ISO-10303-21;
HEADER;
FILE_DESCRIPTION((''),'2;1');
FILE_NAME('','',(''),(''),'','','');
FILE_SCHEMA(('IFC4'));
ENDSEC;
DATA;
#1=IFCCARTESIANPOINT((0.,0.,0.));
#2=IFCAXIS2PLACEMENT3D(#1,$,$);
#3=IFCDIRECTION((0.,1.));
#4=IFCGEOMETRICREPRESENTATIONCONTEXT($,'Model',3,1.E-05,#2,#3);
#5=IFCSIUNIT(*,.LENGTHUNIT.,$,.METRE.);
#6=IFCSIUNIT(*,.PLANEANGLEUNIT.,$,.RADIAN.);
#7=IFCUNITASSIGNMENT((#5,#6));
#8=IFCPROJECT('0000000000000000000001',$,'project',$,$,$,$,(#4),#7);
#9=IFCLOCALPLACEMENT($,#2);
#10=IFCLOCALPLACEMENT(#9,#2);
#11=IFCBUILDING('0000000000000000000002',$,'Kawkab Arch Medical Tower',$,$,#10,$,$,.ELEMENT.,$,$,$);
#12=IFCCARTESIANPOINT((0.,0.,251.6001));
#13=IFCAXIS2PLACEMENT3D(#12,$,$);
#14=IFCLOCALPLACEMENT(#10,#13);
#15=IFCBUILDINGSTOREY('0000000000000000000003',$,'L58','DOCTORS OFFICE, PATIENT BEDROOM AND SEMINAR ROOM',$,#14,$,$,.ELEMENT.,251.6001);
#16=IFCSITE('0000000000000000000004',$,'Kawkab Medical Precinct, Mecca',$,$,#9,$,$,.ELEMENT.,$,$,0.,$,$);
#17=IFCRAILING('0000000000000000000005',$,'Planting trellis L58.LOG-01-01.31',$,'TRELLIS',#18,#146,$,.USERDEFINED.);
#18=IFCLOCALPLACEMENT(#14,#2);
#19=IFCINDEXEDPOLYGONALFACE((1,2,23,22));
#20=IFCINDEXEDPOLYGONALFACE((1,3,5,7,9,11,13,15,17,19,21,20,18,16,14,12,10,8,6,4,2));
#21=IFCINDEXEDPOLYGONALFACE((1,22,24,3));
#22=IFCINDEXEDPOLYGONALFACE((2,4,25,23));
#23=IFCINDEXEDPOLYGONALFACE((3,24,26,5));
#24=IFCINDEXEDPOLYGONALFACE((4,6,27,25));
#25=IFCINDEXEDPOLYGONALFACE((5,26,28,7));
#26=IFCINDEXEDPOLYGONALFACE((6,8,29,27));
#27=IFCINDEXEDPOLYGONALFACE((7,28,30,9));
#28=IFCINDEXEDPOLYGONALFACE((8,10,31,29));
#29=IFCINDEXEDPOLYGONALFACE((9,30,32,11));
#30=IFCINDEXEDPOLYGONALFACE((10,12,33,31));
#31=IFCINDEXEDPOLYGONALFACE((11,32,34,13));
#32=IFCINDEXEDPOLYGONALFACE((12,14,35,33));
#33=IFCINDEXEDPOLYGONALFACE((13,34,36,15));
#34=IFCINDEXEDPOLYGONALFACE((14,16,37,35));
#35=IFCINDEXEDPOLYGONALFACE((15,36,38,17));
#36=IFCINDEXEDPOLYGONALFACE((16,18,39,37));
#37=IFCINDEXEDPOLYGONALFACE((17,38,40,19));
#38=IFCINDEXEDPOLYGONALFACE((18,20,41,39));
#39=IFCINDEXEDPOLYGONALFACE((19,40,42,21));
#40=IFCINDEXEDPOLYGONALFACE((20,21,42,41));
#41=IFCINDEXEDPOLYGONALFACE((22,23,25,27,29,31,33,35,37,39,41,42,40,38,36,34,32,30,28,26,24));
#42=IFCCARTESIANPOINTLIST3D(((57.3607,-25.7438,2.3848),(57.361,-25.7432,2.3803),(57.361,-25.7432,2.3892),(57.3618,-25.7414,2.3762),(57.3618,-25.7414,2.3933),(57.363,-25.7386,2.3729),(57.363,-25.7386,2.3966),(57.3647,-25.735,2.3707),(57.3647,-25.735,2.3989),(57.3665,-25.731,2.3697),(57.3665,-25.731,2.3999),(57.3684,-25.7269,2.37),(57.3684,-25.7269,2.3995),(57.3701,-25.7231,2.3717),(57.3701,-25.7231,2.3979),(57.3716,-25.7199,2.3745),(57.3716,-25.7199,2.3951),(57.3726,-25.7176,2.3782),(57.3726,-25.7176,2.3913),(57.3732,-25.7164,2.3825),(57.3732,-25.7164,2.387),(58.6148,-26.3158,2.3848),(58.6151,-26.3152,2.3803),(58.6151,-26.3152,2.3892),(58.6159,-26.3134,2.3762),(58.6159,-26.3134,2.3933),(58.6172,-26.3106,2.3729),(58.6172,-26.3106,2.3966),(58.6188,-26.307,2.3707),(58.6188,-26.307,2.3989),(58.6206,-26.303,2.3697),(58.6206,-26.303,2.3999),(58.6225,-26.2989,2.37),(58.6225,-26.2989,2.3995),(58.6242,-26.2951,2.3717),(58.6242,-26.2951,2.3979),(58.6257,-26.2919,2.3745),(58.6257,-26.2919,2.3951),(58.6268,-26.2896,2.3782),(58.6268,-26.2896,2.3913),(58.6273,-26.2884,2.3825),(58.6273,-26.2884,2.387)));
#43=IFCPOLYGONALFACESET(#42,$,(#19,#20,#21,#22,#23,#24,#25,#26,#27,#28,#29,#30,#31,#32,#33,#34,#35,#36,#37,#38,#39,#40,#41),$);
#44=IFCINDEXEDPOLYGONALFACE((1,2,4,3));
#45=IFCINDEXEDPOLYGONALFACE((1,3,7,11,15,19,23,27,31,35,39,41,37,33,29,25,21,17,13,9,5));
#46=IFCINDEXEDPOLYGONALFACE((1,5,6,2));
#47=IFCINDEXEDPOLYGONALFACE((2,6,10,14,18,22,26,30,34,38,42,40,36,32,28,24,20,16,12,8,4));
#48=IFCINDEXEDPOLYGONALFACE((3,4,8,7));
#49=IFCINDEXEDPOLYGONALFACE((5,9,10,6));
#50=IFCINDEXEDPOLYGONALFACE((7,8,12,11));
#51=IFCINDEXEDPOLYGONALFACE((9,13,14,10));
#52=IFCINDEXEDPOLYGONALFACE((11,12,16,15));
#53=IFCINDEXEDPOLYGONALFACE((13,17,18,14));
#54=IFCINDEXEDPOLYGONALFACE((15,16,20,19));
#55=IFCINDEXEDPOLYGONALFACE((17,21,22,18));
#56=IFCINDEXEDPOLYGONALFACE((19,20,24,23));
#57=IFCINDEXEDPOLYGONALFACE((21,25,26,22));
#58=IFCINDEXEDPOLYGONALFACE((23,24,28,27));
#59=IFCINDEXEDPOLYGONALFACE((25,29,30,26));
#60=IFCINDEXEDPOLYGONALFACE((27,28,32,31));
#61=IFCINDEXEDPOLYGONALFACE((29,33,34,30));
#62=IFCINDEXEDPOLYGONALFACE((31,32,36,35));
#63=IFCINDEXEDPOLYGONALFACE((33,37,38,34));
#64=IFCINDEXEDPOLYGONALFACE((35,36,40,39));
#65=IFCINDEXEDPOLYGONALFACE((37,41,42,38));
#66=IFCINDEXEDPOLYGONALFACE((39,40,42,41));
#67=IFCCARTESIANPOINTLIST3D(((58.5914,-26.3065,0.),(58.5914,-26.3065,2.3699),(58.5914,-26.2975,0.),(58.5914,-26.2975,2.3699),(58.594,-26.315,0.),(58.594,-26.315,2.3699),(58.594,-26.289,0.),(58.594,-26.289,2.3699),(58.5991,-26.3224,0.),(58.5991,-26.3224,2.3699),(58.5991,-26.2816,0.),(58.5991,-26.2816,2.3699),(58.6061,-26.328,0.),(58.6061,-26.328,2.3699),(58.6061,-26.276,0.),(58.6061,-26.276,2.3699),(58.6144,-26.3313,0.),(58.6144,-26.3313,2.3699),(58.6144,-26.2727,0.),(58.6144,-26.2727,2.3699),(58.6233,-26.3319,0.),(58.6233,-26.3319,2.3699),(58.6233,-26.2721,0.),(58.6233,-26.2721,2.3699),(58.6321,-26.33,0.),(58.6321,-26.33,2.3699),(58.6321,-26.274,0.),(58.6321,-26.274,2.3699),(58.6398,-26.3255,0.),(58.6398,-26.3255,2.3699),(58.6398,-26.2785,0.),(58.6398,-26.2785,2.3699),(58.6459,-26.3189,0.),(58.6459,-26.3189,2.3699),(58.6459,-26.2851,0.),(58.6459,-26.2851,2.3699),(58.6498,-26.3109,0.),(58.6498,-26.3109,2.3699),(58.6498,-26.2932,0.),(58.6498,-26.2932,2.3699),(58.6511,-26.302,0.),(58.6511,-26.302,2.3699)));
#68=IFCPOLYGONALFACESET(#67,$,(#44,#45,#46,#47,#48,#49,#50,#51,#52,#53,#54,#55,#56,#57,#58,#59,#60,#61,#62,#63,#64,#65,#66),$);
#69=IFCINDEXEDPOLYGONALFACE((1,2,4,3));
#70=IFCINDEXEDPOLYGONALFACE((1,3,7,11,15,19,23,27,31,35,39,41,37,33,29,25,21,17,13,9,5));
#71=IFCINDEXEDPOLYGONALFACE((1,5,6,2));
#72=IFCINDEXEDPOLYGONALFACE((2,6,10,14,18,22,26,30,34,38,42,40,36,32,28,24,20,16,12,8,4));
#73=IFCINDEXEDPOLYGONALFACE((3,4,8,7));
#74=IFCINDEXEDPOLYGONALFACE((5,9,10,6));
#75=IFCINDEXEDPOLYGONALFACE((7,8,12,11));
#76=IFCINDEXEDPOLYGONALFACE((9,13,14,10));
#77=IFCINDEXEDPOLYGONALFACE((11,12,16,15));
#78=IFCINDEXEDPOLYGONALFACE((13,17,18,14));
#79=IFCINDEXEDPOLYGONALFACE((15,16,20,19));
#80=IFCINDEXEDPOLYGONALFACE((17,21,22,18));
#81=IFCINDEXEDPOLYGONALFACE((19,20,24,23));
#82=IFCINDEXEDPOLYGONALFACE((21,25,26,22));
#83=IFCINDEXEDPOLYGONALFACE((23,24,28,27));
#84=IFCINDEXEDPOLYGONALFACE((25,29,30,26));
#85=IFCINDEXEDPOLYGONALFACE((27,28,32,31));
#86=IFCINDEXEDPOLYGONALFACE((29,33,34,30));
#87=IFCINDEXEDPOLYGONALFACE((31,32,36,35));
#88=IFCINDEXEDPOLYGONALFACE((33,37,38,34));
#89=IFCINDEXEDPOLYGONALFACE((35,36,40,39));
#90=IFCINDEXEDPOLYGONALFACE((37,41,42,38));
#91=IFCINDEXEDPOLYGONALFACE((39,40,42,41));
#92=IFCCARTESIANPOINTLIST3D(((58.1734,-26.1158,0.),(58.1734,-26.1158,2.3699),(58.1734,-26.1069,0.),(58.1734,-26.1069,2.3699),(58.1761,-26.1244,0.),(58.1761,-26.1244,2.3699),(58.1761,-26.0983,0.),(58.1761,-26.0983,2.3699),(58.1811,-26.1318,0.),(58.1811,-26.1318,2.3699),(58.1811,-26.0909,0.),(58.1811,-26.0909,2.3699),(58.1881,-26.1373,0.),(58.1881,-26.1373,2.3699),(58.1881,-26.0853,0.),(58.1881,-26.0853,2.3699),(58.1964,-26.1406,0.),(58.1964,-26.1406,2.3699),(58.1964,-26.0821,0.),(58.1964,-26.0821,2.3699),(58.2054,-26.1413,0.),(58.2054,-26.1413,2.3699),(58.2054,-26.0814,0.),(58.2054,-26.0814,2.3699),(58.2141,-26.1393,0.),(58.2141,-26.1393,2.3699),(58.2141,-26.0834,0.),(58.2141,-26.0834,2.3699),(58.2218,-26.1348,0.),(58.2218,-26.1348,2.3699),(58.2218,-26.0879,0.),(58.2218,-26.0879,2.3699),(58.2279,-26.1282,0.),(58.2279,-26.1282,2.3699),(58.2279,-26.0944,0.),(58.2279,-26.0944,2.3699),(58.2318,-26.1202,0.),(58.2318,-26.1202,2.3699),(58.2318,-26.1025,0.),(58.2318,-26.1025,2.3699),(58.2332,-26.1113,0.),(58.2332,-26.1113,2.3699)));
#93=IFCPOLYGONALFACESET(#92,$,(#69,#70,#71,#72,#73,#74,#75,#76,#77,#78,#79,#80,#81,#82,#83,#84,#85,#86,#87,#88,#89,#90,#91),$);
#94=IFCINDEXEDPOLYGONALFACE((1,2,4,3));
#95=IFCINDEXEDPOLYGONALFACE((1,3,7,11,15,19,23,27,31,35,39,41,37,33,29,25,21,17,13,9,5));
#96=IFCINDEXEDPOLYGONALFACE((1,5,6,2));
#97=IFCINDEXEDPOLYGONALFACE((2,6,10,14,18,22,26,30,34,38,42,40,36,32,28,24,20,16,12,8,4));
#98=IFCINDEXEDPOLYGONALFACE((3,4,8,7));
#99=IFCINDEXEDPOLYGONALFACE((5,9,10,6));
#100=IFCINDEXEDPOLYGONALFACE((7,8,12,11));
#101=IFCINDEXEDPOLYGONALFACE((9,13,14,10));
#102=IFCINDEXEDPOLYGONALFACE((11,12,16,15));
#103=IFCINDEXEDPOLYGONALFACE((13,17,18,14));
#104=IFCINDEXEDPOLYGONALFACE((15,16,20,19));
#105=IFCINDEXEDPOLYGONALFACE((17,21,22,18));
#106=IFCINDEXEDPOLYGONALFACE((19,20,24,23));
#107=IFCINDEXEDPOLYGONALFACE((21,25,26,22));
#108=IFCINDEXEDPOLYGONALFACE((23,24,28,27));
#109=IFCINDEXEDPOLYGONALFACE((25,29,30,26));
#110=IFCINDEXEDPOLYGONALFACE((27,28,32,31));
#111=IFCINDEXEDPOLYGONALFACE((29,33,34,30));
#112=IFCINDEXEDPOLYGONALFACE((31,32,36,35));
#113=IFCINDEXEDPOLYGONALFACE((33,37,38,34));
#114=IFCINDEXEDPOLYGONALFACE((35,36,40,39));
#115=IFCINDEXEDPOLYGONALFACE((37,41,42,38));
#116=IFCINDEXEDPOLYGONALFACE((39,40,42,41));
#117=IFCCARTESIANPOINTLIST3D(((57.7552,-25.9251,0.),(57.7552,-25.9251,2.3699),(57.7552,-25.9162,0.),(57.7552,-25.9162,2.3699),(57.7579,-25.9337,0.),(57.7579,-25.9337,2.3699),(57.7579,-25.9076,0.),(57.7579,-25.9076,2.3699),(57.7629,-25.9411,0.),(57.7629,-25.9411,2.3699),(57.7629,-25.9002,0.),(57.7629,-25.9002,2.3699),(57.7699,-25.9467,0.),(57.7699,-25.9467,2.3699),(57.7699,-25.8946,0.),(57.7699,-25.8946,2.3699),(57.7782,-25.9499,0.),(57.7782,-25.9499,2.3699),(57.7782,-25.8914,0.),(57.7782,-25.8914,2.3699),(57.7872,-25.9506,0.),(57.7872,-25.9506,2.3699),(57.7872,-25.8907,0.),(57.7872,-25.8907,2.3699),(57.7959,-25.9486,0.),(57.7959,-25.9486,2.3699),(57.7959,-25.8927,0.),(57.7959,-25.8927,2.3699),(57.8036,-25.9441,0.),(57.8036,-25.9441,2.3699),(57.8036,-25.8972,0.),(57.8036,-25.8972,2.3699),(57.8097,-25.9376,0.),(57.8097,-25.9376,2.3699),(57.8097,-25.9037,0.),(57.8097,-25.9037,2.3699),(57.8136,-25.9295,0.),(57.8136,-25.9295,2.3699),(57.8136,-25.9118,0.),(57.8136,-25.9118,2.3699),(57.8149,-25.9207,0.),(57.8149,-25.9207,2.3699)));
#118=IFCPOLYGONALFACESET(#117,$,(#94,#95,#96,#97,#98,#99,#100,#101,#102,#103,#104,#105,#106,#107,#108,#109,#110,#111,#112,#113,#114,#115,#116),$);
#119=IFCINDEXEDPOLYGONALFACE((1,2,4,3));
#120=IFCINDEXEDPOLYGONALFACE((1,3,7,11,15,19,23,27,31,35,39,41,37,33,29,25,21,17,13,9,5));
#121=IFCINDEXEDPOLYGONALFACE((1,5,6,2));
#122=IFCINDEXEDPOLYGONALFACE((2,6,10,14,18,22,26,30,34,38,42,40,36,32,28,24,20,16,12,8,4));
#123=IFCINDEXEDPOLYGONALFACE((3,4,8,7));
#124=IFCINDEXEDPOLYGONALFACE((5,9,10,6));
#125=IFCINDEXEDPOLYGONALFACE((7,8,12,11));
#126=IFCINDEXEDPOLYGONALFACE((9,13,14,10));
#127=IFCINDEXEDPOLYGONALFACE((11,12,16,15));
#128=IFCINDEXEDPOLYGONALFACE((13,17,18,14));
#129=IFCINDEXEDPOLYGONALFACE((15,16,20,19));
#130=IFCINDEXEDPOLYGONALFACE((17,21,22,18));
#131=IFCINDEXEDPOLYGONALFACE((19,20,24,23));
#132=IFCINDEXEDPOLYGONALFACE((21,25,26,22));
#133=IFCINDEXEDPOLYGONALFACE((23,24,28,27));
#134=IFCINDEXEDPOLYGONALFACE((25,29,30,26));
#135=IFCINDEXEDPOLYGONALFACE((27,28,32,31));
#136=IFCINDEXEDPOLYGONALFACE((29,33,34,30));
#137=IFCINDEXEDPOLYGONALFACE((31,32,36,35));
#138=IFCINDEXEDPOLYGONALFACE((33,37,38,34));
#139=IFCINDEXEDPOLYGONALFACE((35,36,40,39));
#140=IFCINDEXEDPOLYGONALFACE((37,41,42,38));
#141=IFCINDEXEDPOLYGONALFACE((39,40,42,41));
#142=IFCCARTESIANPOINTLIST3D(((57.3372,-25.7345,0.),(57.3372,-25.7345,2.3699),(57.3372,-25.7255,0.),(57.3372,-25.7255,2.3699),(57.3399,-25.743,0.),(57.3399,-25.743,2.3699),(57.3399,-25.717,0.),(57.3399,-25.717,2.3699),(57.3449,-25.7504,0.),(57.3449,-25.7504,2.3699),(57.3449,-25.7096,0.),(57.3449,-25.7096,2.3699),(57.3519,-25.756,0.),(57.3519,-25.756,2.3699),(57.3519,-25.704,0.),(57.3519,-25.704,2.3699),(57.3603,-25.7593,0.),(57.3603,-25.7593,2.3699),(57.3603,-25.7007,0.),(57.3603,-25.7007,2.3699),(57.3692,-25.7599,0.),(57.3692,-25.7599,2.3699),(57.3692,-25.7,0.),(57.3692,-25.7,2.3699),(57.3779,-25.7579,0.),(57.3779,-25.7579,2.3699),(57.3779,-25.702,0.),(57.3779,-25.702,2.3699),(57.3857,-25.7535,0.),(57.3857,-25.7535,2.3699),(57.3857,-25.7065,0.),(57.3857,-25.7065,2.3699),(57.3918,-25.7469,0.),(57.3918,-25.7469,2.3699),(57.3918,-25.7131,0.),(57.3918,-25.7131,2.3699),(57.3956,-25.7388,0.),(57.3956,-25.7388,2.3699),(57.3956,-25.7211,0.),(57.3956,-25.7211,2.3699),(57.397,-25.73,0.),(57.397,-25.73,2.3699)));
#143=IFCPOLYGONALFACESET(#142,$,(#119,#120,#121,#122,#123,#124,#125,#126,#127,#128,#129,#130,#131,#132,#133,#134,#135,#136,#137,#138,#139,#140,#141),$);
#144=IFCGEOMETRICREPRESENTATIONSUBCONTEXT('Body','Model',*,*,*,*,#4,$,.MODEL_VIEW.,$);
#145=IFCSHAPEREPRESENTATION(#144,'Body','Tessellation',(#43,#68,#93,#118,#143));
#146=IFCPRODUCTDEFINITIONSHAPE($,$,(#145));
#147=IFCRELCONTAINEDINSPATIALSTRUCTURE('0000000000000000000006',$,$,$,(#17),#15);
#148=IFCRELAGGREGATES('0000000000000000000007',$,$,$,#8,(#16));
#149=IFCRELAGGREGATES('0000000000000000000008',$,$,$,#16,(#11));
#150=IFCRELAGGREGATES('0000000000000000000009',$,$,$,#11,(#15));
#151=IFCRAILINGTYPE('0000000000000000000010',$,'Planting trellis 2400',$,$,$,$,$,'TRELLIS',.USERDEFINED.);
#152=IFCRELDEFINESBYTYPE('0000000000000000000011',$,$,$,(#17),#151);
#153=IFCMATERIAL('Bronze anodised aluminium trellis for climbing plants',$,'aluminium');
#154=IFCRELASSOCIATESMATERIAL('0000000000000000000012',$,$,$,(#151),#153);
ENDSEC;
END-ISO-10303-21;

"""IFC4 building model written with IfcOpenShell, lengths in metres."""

from ifc_helpers import new_model, si_unit, direction, frame, origin, origin_2d, place, context, subcontext, project, spatial, circle, extrude, material, type_object, element, save


model = new_model("IFC4")

# Units and contexts
model_context = context("Model", 3, precision=1e-05, world=origin(), true_north=direction((0.0, 1.0)))
body_context = subcontext(model_context, "Body", "Model", "MODEL_VIEW")
ifc_project = project(units=[si_unit("LENGTHUNIT", "METRE"), si_unit("PLANEANGLEUNIT", "RADIAN")], contexts=[model_context])

# Site, building, storey
site_placement = place(None, origin())
site = spatial("IfcSite", under=ifc_project, at=site_placement, Name="Kawkab Medical Precinct, Mecca", CompositionType="ELEMENT", RefElevation=0.0)
building_placement = place(site_placement, origin())
building = spatial("IfcBuilding", under=site, at=building_placement, Name="Kawkab Arch Medical Tower", CompositionType="ELEMENT")
storey_placement = place(building_placement, frame((0.0, 0.0, 251.6001)))
storey = spatial("IfcBuildingStorey", under=building, at=storey_placement, Name="L58", Description="DOCTORS OFFICE, PATIENT BEDROOM AND SEMINAR ROOM", CompositionType="ELEMENT", Elevation=251.6001)

# Railing
ifc_material_1 = material(Name="Bronze anodised aluminium trellis for climbing plants", Category="aluminium")
railing_type = type_object("IfcRailingType", Name="Planting trellis 2400", ElementType="TRELLIS", PredefinedType="USERDEFINED", material=ifc_material_1)
railing_1_placement = place(storey_placement, frame((58.6211, -26.302, 0.0)))
element("IfcRailing", 1, at=railing_1_placement, inside=storey, type_object=railing_type, Name="Planting trellis L58.LOG-01-01.31", ObjectType="TRELLIS", PredefinedType="USERDEFINED", context=body_context, shape_type="SweptSolid", body=[
    extrude(circle(Radius=0.0151, at=origin_2d()), frame((0.0, 0.0, 2.3848), z_axis=(-0.909832, 0.414977, 0.0), x_axis=(-0.414977, -0.909832, 0.0)), (0.0, 0.0, 1.0), 1.3784),
    extrude(circle(Radius=0.03, at=origin_2d()), origin(), (0.0, 0.0, 1.0), 2.3699),
    extrude(circle(Radius=0.03, at=origin_2d()), frame((-0.418, 0.1907, 0.0)), (0.0, 0.0, 1.0), 2.3699),
    extrude(circle(Radius=0.03, at=origin_2d()), frame((-0.8362, 0.3813, 0.0)), (0.0, 0.0, 1.0), 2.3699),
    extrude(circle(Radius=0.03, at=origin_2d()), frame((-1.2542, 0.572, 0.0)), (0.0, 0.0, 1.0), 2.3699),
])

save(model, "model.ifc")
